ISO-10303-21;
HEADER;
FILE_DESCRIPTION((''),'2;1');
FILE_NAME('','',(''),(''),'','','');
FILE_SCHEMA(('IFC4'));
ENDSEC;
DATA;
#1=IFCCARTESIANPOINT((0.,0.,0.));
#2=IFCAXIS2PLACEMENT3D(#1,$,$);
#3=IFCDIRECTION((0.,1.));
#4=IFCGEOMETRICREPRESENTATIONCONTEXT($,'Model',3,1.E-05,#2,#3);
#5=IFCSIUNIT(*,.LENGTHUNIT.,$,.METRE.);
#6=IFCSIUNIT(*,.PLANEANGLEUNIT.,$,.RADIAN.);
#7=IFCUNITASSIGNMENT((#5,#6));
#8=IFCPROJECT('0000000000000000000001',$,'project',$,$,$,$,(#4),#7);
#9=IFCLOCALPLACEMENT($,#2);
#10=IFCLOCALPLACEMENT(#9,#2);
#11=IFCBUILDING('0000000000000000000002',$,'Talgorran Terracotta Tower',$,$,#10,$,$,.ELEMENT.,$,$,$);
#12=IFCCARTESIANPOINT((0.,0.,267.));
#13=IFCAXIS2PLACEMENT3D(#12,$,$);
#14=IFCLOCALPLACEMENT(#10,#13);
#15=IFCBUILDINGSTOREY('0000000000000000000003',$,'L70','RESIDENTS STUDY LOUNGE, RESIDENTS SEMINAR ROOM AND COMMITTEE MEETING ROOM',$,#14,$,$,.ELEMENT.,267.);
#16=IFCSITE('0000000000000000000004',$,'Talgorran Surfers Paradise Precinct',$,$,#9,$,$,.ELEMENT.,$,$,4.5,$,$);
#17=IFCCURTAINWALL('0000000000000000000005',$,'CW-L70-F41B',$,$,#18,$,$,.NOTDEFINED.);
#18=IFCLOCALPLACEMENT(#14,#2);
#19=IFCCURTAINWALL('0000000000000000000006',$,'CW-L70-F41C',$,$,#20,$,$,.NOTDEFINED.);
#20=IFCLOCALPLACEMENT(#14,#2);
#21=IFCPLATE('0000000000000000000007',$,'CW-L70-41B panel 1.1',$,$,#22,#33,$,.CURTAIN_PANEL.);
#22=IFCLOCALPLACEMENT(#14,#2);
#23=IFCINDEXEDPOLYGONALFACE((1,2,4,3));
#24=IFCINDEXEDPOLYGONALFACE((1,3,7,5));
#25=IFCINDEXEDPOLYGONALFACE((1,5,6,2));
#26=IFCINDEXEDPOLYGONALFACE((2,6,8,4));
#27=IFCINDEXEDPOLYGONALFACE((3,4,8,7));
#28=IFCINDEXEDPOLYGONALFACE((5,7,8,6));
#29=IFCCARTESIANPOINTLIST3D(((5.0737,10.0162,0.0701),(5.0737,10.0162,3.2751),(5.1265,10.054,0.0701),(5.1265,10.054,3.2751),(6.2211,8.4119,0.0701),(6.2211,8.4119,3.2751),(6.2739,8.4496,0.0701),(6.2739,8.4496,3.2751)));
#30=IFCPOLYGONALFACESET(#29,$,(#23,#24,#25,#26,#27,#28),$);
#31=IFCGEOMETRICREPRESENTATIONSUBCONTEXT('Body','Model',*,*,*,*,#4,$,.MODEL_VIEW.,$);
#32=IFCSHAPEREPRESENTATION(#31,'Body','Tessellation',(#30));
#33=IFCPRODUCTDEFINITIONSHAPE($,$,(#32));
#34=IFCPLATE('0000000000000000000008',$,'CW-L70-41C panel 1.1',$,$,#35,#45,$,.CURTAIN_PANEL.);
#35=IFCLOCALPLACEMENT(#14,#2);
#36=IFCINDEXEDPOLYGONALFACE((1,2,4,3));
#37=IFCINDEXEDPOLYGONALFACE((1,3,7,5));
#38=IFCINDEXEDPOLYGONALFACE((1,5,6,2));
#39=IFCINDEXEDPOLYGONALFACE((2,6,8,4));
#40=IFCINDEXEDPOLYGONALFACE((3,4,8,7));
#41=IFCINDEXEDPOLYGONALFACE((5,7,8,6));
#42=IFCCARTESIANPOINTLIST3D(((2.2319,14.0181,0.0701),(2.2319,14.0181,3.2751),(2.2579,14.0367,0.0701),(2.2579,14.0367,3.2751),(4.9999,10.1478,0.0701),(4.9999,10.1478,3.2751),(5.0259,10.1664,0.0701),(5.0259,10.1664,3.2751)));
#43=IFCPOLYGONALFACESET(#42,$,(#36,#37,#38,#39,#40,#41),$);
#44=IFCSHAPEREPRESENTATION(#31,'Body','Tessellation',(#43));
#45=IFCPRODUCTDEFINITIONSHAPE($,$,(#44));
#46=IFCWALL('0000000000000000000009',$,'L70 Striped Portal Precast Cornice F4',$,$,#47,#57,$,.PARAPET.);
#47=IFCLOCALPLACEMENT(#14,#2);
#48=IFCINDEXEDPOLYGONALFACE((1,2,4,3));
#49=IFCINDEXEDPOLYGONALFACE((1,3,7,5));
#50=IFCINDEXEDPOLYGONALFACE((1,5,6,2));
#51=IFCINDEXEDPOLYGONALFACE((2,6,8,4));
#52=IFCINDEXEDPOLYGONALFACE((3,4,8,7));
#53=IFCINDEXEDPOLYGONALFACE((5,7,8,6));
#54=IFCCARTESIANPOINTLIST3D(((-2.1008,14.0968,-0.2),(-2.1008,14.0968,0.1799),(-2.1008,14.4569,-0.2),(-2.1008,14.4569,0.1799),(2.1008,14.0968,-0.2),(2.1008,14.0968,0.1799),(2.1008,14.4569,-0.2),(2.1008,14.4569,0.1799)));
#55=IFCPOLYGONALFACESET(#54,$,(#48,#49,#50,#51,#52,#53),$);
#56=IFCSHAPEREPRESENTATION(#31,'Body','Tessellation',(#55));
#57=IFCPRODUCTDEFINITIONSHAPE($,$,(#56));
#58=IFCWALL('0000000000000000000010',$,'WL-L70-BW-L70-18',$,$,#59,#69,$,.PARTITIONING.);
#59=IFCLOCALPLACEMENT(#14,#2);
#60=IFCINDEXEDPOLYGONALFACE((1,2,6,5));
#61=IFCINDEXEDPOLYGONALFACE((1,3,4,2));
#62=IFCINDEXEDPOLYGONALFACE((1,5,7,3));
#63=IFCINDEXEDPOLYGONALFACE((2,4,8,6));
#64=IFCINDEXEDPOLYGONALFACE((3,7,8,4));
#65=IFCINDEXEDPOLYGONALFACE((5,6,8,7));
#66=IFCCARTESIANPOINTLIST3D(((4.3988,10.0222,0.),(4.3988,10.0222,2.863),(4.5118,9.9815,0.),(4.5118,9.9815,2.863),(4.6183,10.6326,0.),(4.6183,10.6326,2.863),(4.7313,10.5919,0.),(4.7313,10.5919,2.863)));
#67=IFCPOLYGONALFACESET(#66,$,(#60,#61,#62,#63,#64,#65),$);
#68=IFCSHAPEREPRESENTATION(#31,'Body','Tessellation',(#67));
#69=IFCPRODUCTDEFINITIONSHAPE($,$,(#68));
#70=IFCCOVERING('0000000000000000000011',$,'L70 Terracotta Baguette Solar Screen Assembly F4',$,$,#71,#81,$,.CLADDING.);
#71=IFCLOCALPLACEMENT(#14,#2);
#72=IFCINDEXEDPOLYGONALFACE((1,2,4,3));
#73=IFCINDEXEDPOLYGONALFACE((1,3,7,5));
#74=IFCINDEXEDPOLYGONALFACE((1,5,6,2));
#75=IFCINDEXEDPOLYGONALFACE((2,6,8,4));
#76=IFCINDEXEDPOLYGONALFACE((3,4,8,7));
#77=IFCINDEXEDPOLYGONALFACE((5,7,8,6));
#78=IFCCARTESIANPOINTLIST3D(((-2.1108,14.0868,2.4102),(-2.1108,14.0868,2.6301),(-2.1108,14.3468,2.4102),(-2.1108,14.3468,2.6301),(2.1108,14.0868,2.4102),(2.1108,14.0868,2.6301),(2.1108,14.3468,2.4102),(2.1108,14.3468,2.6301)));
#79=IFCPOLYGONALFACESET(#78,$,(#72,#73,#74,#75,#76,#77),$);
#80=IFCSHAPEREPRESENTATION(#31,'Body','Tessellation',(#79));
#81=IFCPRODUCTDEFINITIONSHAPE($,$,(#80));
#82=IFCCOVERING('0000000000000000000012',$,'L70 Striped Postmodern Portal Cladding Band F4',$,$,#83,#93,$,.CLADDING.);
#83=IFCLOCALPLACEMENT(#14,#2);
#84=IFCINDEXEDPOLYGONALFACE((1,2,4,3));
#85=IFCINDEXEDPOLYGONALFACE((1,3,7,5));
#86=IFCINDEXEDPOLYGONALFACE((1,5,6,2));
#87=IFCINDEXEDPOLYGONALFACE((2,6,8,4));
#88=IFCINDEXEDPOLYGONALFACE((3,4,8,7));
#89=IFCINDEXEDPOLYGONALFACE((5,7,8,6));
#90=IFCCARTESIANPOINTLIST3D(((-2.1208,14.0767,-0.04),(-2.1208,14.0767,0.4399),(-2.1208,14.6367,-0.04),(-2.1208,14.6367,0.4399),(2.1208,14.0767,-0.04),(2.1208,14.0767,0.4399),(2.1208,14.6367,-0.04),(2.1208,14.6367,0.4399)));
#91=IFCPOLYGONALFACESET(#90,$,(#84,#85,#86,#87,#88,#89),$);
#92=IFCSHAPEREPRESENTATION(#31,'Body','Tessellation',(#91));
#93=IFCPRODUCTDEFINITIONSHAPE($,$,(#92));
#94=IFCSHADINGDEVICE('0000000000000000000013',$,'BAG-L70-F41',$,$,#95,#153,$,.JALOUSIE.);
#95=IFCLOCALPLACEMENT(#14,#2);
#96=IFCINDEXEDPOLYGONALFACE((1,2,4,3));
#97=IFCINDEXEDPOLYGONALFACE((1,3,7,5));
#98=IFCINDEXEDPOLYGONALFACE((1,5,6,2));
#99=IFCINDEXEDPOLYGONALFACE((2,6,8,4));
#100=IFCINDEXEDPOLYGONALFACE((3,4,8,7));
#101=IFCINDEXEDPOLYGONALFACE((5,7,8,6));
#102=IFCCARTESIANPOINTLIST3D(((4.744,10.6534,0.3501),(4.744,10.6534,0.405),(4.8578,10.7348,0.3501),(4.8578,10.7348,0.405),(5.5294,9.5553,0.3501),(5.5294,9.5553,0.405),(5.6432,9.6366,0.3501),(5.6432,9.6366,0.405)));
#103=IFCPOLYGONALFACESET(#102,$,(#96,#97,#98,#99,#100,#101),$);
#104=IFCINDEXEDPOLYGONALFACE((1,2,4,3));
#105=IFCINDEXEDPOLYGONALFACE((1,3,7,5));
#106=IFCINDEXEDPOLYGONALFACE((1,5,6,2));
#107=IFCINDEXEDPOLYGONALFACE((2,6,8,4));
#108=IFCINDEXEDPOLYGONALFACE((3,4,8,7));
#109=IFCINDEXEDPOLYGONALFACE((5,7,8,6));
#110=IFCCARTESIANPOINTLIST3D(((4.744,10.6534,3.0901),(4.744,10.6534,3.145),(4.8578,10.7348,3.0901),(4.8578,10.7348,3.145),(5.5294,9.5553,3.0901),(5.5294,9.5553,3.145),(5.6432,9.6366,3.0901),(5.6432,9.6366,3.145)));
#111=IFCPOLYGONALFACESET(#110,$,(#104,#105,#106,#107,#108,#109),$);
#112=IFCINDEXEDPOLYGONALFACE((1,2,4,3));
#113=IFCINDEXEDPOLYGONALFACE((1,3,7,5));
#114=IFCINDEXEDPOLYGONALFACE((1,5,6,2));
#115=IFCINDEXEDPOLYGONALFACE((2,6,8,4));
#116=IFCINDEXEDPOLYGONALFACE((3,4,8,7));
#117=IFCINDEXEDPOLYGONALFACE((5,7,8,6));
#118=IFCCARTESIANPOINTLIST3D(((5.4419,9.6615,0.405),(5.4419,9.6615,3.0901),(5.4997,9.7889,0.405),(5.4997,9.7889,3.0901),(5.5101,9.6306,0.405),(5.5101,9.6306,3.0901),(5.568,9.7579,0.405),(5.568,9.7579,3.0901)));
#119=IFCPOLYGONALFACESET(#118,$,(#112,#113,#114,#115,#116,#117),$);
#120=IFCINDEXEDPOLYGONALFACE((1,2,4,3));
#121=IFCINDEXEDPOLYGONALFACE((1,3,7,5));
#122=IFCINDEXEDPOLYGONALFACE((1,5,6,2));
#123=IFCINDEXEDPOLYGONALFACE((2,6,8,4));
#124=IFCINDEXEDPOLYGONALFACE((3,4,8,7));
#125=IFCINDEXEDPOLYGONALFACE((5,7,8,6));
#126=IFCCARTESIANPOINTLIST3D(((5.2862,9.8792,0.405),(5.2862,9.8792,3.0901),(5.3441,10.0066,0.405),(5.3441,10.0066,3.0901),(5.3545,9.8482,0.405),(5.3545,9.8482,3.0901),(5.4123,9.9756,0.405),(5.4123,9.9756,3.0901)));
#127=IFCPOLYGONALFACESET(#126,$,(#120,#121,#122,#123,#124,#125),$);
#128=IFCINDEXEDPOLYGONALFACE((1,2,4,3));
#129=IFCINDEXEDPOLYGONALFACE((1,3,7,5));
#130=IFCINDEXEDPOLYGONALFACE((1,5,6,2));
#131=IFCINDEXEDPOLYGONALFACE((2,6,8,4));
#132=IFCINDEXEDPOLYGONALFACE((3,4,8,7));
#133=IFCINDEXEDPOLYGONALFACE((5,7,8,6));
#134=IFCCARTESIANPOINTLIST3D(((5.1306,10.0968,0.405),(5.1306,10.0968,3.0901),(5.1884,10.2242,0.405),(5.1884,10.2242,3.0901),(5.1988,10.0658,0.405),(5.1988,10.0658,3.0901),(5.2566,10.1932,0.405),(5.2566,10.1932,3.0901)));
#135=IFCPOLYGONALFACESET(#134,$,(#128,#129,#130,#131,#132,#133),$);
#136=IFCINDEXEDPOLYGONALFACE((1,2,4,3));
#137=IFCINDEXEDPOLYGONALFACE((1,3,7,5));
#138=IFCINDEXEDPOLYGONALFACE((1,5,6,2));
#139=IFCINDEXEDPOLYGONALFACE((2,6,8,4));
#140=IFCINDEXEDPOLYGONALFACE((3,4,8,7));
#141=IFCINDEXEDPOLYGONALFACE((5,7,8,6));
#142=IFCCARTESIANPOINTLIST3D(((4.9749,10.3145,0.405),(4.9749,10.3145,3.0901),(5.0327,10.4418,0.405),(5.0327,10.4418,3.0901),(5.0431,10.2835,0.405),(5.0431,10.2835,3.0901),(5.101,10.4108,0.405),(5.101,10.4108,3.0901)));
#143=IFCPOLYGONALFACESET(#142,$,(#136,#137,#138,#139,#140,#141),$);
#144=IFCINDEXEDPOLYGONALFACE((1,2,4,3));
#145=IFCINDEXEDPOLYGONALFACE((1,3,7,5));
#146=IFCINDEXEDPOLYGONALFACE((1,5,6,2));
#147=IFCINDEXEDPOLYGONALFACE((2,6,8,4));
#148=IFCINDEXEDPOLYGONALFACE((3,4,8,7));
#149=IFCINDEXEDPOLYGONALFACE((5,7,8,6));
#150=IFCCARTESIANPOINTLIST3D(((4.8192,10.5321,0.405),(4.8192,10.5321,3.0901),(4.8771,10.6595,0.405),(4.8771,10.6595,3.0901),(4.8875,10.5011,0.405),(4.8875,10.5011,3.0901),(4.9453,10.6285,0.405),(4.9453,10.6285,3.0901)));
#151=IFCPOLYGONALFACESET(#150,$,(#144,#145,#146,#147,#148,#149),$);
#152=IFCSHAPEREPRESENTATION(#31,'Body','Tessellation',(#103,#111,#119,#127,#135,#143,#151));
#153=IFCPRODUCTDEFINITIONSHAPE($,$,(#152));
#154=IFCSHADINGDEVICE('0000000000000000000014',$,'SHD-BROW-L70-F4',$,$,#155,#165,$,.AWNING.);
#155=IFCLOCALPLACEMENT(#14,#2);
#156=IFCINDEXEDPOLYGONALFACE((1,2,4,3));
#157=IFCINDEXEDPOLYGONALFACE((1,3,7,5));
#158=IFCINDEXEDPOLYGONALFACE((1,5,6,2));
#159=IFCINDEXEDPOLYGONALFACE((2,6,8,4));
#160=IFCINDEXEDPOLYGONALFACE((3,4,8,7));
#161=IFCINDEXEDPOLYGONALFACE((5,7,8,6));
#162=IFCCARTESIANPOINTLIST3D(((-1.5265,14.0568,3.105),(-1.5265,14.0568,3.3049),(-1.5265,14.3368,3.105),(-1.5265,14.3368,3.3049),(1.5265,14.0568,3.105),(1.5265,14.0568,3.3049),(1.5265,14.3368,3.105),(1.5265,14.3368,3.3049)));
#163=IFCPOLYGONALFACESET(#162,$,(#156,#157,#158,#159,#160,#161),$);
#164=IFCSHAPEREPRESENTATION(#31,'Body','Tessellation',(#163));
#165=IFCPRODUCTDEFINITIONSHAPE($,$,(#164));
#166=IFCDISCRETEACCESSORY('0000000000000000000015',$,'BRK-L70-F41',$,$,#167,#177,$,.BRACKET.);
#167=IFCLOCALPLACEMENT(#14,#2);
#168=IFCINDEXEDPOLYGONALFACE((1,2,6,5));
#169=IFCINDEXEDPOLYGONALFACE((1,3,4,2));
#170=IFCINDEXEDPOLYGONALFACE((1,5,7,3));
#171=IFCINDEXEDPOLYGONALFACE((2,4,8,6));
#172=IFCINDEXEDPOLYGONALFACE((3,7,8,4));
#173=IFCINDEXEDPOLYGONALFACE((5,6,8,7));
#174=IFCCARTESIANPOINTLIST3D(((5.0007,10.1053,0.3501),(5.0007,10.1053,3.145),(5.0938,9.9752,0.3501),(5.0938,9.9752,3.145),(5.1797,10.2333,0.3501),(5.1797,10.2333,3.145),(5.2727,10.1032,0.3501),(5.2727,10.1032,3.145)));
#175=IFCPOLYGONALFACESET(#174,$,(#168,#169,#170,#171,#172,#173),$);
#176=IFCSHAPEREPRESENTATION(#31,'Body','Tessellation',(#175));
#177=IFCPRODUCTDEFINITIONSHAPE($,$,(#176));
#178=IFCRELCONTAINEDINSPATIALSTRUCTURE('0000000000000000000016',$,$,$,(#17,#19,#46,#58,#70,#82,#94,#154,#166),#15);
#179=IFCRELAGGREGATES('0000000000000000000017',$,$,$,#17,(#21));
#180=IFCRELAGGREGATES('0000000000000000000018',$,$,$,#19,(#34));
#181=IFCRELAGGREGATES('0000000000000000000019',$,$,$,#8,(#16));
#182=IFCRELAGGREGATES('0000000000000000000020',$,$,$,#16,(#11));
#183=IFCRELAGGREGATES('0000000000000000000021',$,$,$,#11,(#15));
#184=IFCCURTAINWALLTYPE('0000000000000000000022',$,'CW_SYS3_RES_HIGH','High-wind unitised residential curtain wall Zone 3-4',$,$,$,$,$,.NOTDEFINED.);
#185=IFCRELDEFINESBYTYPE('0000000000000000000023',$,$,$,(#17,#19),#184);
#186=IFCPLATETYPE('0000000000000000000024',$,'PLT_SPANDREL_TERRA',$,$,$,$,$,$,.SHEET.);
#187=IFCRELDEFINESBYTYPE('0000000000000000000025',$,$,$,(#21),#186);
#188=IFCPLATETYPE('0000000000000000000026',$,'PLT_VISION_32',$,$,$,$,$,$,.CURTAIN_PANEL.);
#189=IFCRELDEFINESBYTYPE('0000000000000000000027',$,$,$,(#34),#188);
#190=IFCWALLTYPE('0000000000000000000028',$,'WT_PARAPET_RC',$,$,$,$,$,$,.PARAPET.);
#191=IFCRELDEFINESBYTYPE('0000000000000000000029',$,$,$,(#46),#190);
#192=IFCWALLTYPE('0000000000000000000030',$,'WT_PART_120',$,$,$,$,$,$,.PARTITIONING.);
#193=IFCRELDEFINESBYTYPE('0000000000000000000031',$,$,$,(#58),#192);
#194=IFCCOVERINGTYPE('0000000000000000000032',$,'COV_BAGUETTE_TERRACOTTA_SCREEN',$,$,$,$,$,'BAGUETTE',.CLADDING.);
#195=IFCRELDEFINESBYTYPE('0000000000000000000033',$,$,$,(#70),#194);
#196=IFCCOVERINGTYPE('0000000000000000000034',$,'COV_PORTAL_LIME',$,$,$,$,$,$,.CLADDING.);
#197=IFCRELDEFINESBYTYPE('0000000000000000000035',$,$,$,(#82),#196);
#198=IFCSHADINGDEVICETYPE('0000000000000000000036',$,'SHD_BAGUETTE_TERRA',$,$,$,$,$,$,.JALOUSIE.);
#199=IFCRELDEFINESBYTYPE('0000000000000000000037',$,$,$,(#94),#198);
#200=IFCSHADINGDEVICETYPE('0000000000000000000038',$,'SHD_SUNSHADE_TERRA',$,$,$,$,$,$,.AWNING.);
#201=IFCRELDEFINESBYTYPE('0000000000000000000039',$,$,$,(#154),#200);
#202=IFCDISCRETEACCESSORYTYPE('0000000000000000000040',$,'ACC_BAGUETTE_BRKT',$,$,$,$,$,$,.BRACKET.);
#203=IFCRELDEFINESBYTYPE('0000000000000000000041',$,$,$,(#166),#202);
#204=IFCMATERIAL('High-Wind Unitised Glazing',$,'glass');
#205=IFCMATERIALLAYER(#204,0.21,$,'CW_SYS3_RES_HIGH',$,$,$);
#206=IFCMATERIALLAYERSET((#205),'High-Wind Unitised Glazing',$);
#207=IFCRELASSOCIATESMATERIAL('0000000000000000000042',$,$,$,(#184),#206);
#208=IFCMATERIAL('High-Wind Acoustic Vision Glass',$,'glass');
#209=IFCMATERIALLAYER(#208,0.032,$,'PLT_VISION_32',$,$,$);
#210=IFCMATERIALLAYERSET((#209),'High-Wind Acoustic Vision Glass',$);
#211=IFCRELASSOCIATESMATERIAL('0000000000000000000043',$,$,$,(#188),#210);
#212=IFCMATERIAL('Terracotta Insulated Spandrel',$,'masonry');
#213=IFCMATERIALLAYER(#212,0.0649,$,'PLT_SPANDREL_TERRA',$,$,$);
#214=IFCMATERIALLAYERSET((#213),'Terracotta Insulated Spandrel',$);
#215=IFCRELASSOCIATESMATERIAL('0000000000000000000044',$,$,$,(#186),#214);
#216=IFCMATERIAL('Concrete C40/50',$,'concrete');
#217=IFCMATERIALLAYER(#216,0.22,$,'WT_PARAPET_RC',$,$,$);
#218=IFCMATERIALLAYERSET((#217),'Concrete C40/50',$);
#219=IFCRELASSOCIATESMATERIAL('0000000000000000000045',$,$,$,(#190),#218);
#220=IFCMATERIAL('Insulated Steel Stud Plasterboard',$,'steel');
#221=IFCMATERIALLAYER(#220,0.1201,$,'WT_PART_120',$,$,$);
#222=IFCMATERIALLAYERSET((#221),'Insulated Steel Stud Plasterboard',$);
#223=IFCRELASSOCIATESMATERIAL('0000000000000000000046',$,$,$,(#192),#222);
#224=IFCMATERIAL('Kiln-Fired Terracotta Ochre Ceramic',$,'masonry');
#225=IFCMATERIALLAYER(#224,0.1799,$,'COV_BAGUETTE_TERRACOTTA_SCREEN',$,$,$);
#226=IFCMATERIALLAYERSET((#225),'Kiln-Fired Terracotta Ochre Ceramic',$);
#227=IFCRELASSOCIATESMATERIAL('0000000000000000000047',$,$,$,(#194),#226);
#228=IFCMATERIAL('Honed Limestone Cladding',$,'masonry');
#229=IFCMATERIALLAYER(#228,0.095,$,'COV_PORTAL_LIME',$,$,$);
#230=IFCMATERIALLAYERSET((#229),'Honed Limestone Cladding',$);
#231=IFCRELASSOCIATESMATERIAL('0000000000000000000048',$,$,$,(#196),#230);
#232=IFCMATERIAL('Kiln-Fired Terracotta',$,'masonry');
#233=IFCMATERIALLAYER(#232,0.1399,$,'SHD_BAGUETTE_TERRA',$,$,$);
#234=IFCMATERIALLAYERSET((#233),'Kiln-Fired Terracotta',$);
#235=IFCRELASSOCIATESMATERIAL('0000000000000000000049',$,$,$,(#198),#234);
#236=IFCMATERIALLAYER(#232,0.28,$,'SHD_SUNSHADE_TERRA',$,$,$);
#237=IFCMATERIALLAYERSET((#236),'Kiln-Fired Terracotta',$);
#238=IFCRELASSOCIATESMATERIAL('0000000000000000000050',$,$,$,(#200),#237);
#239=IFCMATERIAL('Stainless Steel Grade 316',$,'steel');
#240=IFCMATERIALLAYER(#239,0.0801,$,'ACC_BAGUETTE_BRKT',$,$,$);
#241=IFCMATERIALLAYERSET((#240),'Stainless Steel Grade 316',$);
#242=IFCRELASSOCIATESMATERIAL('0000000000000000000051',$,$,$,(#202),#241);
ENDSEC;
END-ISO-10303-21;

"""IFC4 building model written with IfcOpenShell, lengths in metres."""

from ifc_helpers import new_model, si_unit, direction, frame, frame_2d, origin, origin_2d, place, context, subcontext, project, spatial, rectangle, extrude, source, transform, mapped, material, layer, layer_set, type_object, type_shapes, element, aggregate, save


model = new_model("IFC4")

# Units and contexts
model_context = context("Model", 3, precision=1e-05, world=origin(), true_north=direction((0.0, 1.0)))
body_context = subcontext(model_context, "Body", "Model", "MODEL_VIEW")
ifc_project = project(units=[si_unit("LENGTHUNIT", "METRE"), si_unit("PLANEANGLEUNIT", "RADIAN")], contexts=[model_context])

# Site, building, storey
site_placement = place(None, origin())
site = spatial("IfcSite", under=ifc_project, at=site_placement, Name="Talgorran Surfers Paradise Precinct", CompositionType="ELEMENT", RefElevation=4.5)
building_placement = place(site_placement, origin())
building = spatial("IfcBuilding", under=site, at=building_placement, Name="Talgorran Terracotta Tower", CompositionType="ELEMENT")
storey_placement = place(building_placement, frame((0.0, 0.0, 267.0)))
storey = spatial("IfcBuildingStorey", under=building, at=storey_placement, Name="L70", Description="RESIDENTS STUDY LOUNGE, RESIDENTS SEMINAR ROOM AND COMMITTEE MEETING ROOM", CompositionType="ELEMENT", Elevation=267.0)

# Curtain wall
ifc_material_1 = material(Name="High-Wind Unitised Glazing", Category="glass")
ifc_layer_1 = layer(ifc_material_1, 0.21, Name="CW_SYS3_RES_HIGH")
ifc_layer_set_1 = layer_set([ifc_layer_1], Name="High-Wind Unitised Glazing")
curtain_wall_type = type_object("IfcCurtainWallType", Name="CW_SYS3_RES_HIGH", Description="High-wind unitised residential curtain wall Zone 3-4", PredefinedType="NOTDEFINED", material=ifc_layer_set_1)
curtain_wall_1_placement = place(storey_placement, origin())
curtain_wall_1 = element("IfcCurtainWall", 1, at=curtain_wall_1_placement, inside=storey, type_object=curtain_wall_type, Name="CW-L70-F41B", PredefinedType="NOTDEFINED")

# Curtain wall
curtain_wall_2_placement = place(storey_placement, origin())
curtain_wall_2 = element("IfcCurtainWall", 2, at=curtain_wall_2_placement, inside=storey, type_object=curtain_wall_type, Name="CW-L70-F41C", PredefinedType="NOTDEFINED")

# Plates
ifc_material_2 = material(Name="High-Wind Acoustic Vision Glass", Category="glass")
ifc_layer_2 = layer(ifc_material_2, 0.032, Name="PLT_VISION_32")
ifc_layer_set_2 = layer_set([ifc_layer_2], Name="High-Wind Acoustic Vision Glass")
plate_type_1 = type_object("IfcPlateType", Name="PLT_VISION_32", PredefinedType="CURTAIN_PANEL", material=ifc_layer_set_2)
ifc_material_3 = material(Name="Terracotta Insulated Spandrel", Category="masonry")
ifc_layer_3 = layer(ifc_material_3, 0.0649, Name="PLT_SPANDREL_TERRA")
ifc_layer_set_3 = layer_set([ifc_layer_3], Name="Terracotta Insulated Spandrel")
plate_type_2 = type_object("IfcPlateType", Name="PLT_SPANDREL_TERRA", PredefinedType="SHEET", material=ifc_layer_set_3)
shared_shape_1 = source(origin(), body_context, "Body", "SweptSolid", [
    extrude(rectangle(XDim=1.9724, YDim=0.0649, at=origin_2d()), origin(), (0.0, 0.0, 1.0), 3.2051),
])
type_shapes(plate_type_2, [shared_shape_1])
plate_1_placement = place(storey_placement, frame((5.6738, 9.2329, 0.0701), z_axis=(0.0, 0.0, 1.0), x_axis=(-0.581735, 0.813378, 0.0)))
plate_1 = element("IfcPlate", 3, at=plate_1_placement, type_object=plate_type_2, Name="CW-L70-41B panel 1.1", PredefinedType="CURTAIN_PANEL", context=body_context, shape_type="MappedRepresentation", body=[
    mapped(shared_shape_1, transform((0.0, 0.0, 0.0), scale=1.0)),
])
aggregate(curtain_wall_1, [plate_1])
shared_shape_2 = source(origin(), body_context, "Body", "SweptSolid", [
    extrude(rectangle(XDim=4.7583, YDim=0.032, at=origin_2d()), origin(), (0.0, 0.0, 1.0), 3.2051),
])
plate_2_placement = place(storey_placement, frame((3.6289, 12.0923, 0.0701), z_axis=(0.0, 0.0, 1.0), x_axis=(-0.581731, 0.813382, 0.0)))
plate_2 = element("IfcPlate", 4, at=plate_2_placement, type_object=plate_type_1, Name="CW-L70-41C panel 1.1", PredefinedType="CURTAIN_PANEL", context=body_context, shape_type="MappedRepresentation", body=[
    mapped(shared_shape_2, transform((0.0, 0.0, 0.0), scale=1.0)),
])
aggregate(curtain_wall_2, [plate_2])

# Walls
ifc_material_4 = material(Name="Concrete C40/50", Category="concrete")
ifc_layer_4 = layer(ifc_material_4, 0.22, Name="WT_PARAPET_RC")
ifc_layer_set_4 = layer_set([ifc_layer_4], Name="Concrete C40/50")
wall_type_1 = type_object("IfcWallType", Name="WT_PARAPET_RC", PredefinedType="PARAPET", material=ifc_layer_set_4)
wall_1_placement = place(storey_placement, frame((2.1008, 14.2769, -0.2), z_axis=(0.0, 0.0, 1.0), x_axis=(-1.0, 0.0, 0.0)))
element("IfcWall", 5, at=wall_1_placement, inside=storey, type_object=wall_type_1, Name="L70 Striped Portal Precast Cornice F4", PredefinedType="PARAPET", context=body_context, shape_type="SweptSolid", body=[
    extrude(rectangle(XDim=4.2017, YDim=0.3601, at=frame_2d((2.1008, 0.0))), origin(), (0.0, 0.0, 1.0), 0.3799),
])
ifc_material_5 = material(Name="Insulated Steel Stud Plasterboard", Category="steel")
ifc_layer_5 = layer(ifc_material_5, 0.1201, Name="WT_PART_120")
ifc_layer_set_5 = layer_set([ifc_layer_5], Name="Insulated Steel Stud Plasterboard")
wall_type_2 = type_object("IfcWallType", Name="WT_PART_120", PredefinedType="PARTITIONING", material=ifc_layer_set_5)
wall_2_placement = place(storey_placement, frame((4.4553, 10.002, 0.0), z_axis=(0.0, 0.0, 1.0), x_axis=(0.338386, 0.941007, 0.0)))
element("IfcWall", 6, at=wall_2_placement, inside=storey, type_object=wall_type_2, Name="WL-L70-BW-L70-18", PredefinedType="PARTITIONING", context=body_context, shape_type="SweptSolid", body=[
    extrude(rectangle(XDim=0.6487, YDim=0.1201, at=frame_2d((0.3242, 0.0))), origin(), (0.0, 0.0, 1.0), 2.863),
])

# Coverings
ifc_material_6 = material(Name="Kiln-Fired Terracotta Ochre Ceramic", Category="masonry")
ifc_layer_6 = layer(ifc_material_6, 0.1799, Name="COV_BAGUETTE_TERRACOTTA_SCREEN")
ifc_layer_set_6 = layer_set([ifc_layer_6], Name="Kiln-Fired Terracotta Ochre Ceramic")
covering_type_1 = type_object("IfcCoveringType", Name="COV_BAGUETTE_TERRACOTTA_SCREEN", ElementType="BAGUETTE", PredefinedType="CLADDING", material=ifc_layer_set_6)
covering_1_placement = place(storey_placement, frame((0.0, 14.2168, 2.4102), z_axis=(0.0, 0.0, 1.0), x_axis=(-1.0, 0.0, 0.0)))
element("IfcCovering", 7, at=covering_1_placement, inside=storey, type_object=covering_type_1, Name="L70 Terracotta Baguette Solar Screen Assembly F4", PredefinedType="CLADDING", context=body_context, shape_type="SweptSolid", body=[
    extrude(rectangle(XDim=4.2217, YDim=0.26, at=origin_2d()), origin(), (0.0, 0.0, 1.0), 0.22),
])
ifc_material_7 = material(Name="Honed Limestone Cladding", Category="masonry")
ifc_layer_7 = layer(ifc_material_7, 0.095, Name="COV_PORTAL_LIME")
ifc_layer_set_7 = layer_set([ifc_layer_7], Name="Honed Limestone Cladding")
covering_type_2 = type_object("IfcCoveringType", Name="COV_PORTAL_LIME", PredefinedType="CLADDING", material=ifc_layer_set_7)
covering_2_placement = place(storey_placement, frame((0.0, 14.3567, -0.04), z_axis=(0.0, 0.0, 1.0), x_axis=(-1.0, 0.0, 0.0)))
element("IfcCovering", 8, at=covering_2_placement, inside=storey, type_object=covering_type_2, Name="L70 Striped Postmodern Portal Cladding Band F4", PredefinedType="CLADDING", context=body_context, shape_type="SweptSolid", body=[
    extrude(rectangle(XDim=4.2417, YDim=0.5601, at=origin_2d()), origin(), (0.0, 0.0, 1.0), 0.48),
])

# Shading devices
ifc_material_8 = material(Name="Kiln-Fired Terracotta", Category="masonry")
ifc_layer_8 = layer(ifc_material_8, 0.1399, Name="SHD_BAGUETTE_TERRA")
ifc_layer_set_8 = layer_set([ifc_layer_8], Name="Kiln-Fired Terracotta")
shading_device_type_1 = type_object("IfcShadingDeviceType", Name="SHD_BAGUETTE_TERRA", PredefinedType="JALOUSIE", material=ifc_layer_set_8)
shared_shape_3 = source(origin(), body_context, "Body", "SweptSolid", [
    extrude(rectangle(XDim=1.3501, YDim=0.1399, at=origin_2d()), origin(), (0.0, 0.0, 1.0), 0.0549),
    extrude(rectangle(XDim=1.3501, YDim=0.1399, at=origin_2d()), frame((0.0, 0.0, 2.74)), (0.0, 0.0, 1.0), 0.0549),
    extrude(rectangle(XDim=0.075, YDim=0.1399, at=origin_2d()), frame((-0.5352, 0.0, 0.0549), z_axis=(0.0, 0.0, 1.0), x_axis=(0.866025, 0.5, 0.0)), (0.0, 0.0, 1.0), 2.6851),
    extrude(rectangle(XDim=0.075, YDim=0.1399, at=origin_2d()), frame((-0.2676, 0.0, 0.0549), z_axis=(0.0, 0.0, 1.0), x_axis=(0.866025, 0.5, 0.0)), (0.0, 0.0, 1.0), 2.6851),
    extrude(rectangle(XDim=0.075, YDim=0.1399, at=origin_2d()), frame((0.0, 0.0, 0.0549), z_axis=(0.0, 0.0, 1.0), x_axis=(0.866025, 0.5, 0.0)), (0.0, 0.0, 1.0), 2.6851),
    extrude(rectangle(XDim=0.075, YDim=0.1399, at=origin_2d()), frame((0.2676, 0.0, 0.0549), z_axis=(0.0, 0.0, 1.0), x_axis=(0.866025, 0.5, 0.0)), (0.0, 0.0, 1.0), 2.6851),
    extrude(rectangle(XDim=0.075, YDim=0.1399, at=origin_2d()), frame((0.5352, 0.0, 0.0549), z_axis=(0.0, 0.0, 1.0), x_axis=(0.866025, 0.5, 0.0)), (0.0, 0.0, 1.0), 2.6851),
])
type_shapes(shading_device_type_1, [shared_shape_3])
shading_device_1_placement = place(storey_placement, frame((5.1936, 10.145, 0.3501), z_axis=(0.0, 0.0, 1.0), x_axis=(-0.58174, 0.813375, 0.0)))
element("IfcShadingDevice", 9, at=shading_device_1_placement, inside=storey, type_object=shading_device_type_1, Name="BAG-L70-F41", PredefinedType="JALOUSIE", context=body_context, shape_type="MappedRepresentation", body=[
    mapped(shared_shape_3, transform((0.0, 0.0, 0.0), scale=1.0)),
])
ifc_layer_9 = layer(ifc_material_8, 0.28, Name="SHD_SUNSHADE_TERRA")
ifc_layer_set_9 = layer_set([ifc_layer_9], Name="Kiln-Fired Terracotta")
shading_device_type_2 = type_object("IfcShadingDeviceType", Name="SHD_SUNSHADE_TERRA", PredefinedType="AWNING", material=ifc_layer_set_9)
shared_shape_4 = source(origin(), body_context, "Body", "SweptSolid", [
    extrude(rectangle(XDim=3.053, YDim=0.28, at=origin_2d()), origin(), (0.0, 0.0, 1.0), 0.2),
])
type_shapes(shading_device_type_2, [shared_shape_4])
shading_device_2_placement = place(storey_placement, frame((0.0, 14.1968, 3.105), z_axis=(0.0, 0.0, 1.0), x_axis=(-1.0, 0.0, 0.0)))
element("IfcShadingDevice", 10, at=shading_device_2_placement, inside=storey, type_object=shading_device_type_2, Name="SHD-BROW-L70-F4", PredefinedType="AWNING", context=body_context, shape_type="MappedRepresentation", body=[
    mapped(shared_shape_4, transform((0.0, 0.0, 0.0), scale=1.0)),
])

# Discrete accessory
ifc_material_9 = material(Name="Stainless Steel Grade 316", Category="steel")
ifc_layer_10 = layer(ifc_material_9, 0.0801, Name="ACC_BAGUETTE_BRKT")
ifc_layer_set_10 = layer_set([ifc_layer_10], Name="Stainless Steel Grade 316")
discrete_accessory_type = type_object("IfcDiscreteAccessoryType", Name="ACC_BAGUETTE_BRKT", PredefinedType="BRACKET", material=ifc_layer_set_10)
shared_shape_5 = source(origin(), body_context, "Body", "SweptSolid", [
    extrude(rectangle(XDim=0.1599, YDim=0.22, at=origin_2d()), origin(), (0.0, 0.0, 1.0), 2.7949),
])
type_shapes(discrete_accessory_type, [shared_shape_5])
discrete_accessory_placement = place(storey_placement, frame((5.1367, 10.1042, 0.3501), z_axis=(0.0, 0.0, 1.0), x_axis=(-0.58174, 0.813375, 0.0)))
element("IfcDiscreteAccessory", 11, at=discrete_accessory_placement, inside=storey, type_object=discrete_accessory_type, Name="BRK-L70-F41", PredefinedType="BRACKET", context=body_context, shape_type="MappedRepresentation", body=[
    mapped(shared_shape_5, transform((0.0, 0.0, 0.0), scale=1.0)),
])

save(model, "model.ifc")
